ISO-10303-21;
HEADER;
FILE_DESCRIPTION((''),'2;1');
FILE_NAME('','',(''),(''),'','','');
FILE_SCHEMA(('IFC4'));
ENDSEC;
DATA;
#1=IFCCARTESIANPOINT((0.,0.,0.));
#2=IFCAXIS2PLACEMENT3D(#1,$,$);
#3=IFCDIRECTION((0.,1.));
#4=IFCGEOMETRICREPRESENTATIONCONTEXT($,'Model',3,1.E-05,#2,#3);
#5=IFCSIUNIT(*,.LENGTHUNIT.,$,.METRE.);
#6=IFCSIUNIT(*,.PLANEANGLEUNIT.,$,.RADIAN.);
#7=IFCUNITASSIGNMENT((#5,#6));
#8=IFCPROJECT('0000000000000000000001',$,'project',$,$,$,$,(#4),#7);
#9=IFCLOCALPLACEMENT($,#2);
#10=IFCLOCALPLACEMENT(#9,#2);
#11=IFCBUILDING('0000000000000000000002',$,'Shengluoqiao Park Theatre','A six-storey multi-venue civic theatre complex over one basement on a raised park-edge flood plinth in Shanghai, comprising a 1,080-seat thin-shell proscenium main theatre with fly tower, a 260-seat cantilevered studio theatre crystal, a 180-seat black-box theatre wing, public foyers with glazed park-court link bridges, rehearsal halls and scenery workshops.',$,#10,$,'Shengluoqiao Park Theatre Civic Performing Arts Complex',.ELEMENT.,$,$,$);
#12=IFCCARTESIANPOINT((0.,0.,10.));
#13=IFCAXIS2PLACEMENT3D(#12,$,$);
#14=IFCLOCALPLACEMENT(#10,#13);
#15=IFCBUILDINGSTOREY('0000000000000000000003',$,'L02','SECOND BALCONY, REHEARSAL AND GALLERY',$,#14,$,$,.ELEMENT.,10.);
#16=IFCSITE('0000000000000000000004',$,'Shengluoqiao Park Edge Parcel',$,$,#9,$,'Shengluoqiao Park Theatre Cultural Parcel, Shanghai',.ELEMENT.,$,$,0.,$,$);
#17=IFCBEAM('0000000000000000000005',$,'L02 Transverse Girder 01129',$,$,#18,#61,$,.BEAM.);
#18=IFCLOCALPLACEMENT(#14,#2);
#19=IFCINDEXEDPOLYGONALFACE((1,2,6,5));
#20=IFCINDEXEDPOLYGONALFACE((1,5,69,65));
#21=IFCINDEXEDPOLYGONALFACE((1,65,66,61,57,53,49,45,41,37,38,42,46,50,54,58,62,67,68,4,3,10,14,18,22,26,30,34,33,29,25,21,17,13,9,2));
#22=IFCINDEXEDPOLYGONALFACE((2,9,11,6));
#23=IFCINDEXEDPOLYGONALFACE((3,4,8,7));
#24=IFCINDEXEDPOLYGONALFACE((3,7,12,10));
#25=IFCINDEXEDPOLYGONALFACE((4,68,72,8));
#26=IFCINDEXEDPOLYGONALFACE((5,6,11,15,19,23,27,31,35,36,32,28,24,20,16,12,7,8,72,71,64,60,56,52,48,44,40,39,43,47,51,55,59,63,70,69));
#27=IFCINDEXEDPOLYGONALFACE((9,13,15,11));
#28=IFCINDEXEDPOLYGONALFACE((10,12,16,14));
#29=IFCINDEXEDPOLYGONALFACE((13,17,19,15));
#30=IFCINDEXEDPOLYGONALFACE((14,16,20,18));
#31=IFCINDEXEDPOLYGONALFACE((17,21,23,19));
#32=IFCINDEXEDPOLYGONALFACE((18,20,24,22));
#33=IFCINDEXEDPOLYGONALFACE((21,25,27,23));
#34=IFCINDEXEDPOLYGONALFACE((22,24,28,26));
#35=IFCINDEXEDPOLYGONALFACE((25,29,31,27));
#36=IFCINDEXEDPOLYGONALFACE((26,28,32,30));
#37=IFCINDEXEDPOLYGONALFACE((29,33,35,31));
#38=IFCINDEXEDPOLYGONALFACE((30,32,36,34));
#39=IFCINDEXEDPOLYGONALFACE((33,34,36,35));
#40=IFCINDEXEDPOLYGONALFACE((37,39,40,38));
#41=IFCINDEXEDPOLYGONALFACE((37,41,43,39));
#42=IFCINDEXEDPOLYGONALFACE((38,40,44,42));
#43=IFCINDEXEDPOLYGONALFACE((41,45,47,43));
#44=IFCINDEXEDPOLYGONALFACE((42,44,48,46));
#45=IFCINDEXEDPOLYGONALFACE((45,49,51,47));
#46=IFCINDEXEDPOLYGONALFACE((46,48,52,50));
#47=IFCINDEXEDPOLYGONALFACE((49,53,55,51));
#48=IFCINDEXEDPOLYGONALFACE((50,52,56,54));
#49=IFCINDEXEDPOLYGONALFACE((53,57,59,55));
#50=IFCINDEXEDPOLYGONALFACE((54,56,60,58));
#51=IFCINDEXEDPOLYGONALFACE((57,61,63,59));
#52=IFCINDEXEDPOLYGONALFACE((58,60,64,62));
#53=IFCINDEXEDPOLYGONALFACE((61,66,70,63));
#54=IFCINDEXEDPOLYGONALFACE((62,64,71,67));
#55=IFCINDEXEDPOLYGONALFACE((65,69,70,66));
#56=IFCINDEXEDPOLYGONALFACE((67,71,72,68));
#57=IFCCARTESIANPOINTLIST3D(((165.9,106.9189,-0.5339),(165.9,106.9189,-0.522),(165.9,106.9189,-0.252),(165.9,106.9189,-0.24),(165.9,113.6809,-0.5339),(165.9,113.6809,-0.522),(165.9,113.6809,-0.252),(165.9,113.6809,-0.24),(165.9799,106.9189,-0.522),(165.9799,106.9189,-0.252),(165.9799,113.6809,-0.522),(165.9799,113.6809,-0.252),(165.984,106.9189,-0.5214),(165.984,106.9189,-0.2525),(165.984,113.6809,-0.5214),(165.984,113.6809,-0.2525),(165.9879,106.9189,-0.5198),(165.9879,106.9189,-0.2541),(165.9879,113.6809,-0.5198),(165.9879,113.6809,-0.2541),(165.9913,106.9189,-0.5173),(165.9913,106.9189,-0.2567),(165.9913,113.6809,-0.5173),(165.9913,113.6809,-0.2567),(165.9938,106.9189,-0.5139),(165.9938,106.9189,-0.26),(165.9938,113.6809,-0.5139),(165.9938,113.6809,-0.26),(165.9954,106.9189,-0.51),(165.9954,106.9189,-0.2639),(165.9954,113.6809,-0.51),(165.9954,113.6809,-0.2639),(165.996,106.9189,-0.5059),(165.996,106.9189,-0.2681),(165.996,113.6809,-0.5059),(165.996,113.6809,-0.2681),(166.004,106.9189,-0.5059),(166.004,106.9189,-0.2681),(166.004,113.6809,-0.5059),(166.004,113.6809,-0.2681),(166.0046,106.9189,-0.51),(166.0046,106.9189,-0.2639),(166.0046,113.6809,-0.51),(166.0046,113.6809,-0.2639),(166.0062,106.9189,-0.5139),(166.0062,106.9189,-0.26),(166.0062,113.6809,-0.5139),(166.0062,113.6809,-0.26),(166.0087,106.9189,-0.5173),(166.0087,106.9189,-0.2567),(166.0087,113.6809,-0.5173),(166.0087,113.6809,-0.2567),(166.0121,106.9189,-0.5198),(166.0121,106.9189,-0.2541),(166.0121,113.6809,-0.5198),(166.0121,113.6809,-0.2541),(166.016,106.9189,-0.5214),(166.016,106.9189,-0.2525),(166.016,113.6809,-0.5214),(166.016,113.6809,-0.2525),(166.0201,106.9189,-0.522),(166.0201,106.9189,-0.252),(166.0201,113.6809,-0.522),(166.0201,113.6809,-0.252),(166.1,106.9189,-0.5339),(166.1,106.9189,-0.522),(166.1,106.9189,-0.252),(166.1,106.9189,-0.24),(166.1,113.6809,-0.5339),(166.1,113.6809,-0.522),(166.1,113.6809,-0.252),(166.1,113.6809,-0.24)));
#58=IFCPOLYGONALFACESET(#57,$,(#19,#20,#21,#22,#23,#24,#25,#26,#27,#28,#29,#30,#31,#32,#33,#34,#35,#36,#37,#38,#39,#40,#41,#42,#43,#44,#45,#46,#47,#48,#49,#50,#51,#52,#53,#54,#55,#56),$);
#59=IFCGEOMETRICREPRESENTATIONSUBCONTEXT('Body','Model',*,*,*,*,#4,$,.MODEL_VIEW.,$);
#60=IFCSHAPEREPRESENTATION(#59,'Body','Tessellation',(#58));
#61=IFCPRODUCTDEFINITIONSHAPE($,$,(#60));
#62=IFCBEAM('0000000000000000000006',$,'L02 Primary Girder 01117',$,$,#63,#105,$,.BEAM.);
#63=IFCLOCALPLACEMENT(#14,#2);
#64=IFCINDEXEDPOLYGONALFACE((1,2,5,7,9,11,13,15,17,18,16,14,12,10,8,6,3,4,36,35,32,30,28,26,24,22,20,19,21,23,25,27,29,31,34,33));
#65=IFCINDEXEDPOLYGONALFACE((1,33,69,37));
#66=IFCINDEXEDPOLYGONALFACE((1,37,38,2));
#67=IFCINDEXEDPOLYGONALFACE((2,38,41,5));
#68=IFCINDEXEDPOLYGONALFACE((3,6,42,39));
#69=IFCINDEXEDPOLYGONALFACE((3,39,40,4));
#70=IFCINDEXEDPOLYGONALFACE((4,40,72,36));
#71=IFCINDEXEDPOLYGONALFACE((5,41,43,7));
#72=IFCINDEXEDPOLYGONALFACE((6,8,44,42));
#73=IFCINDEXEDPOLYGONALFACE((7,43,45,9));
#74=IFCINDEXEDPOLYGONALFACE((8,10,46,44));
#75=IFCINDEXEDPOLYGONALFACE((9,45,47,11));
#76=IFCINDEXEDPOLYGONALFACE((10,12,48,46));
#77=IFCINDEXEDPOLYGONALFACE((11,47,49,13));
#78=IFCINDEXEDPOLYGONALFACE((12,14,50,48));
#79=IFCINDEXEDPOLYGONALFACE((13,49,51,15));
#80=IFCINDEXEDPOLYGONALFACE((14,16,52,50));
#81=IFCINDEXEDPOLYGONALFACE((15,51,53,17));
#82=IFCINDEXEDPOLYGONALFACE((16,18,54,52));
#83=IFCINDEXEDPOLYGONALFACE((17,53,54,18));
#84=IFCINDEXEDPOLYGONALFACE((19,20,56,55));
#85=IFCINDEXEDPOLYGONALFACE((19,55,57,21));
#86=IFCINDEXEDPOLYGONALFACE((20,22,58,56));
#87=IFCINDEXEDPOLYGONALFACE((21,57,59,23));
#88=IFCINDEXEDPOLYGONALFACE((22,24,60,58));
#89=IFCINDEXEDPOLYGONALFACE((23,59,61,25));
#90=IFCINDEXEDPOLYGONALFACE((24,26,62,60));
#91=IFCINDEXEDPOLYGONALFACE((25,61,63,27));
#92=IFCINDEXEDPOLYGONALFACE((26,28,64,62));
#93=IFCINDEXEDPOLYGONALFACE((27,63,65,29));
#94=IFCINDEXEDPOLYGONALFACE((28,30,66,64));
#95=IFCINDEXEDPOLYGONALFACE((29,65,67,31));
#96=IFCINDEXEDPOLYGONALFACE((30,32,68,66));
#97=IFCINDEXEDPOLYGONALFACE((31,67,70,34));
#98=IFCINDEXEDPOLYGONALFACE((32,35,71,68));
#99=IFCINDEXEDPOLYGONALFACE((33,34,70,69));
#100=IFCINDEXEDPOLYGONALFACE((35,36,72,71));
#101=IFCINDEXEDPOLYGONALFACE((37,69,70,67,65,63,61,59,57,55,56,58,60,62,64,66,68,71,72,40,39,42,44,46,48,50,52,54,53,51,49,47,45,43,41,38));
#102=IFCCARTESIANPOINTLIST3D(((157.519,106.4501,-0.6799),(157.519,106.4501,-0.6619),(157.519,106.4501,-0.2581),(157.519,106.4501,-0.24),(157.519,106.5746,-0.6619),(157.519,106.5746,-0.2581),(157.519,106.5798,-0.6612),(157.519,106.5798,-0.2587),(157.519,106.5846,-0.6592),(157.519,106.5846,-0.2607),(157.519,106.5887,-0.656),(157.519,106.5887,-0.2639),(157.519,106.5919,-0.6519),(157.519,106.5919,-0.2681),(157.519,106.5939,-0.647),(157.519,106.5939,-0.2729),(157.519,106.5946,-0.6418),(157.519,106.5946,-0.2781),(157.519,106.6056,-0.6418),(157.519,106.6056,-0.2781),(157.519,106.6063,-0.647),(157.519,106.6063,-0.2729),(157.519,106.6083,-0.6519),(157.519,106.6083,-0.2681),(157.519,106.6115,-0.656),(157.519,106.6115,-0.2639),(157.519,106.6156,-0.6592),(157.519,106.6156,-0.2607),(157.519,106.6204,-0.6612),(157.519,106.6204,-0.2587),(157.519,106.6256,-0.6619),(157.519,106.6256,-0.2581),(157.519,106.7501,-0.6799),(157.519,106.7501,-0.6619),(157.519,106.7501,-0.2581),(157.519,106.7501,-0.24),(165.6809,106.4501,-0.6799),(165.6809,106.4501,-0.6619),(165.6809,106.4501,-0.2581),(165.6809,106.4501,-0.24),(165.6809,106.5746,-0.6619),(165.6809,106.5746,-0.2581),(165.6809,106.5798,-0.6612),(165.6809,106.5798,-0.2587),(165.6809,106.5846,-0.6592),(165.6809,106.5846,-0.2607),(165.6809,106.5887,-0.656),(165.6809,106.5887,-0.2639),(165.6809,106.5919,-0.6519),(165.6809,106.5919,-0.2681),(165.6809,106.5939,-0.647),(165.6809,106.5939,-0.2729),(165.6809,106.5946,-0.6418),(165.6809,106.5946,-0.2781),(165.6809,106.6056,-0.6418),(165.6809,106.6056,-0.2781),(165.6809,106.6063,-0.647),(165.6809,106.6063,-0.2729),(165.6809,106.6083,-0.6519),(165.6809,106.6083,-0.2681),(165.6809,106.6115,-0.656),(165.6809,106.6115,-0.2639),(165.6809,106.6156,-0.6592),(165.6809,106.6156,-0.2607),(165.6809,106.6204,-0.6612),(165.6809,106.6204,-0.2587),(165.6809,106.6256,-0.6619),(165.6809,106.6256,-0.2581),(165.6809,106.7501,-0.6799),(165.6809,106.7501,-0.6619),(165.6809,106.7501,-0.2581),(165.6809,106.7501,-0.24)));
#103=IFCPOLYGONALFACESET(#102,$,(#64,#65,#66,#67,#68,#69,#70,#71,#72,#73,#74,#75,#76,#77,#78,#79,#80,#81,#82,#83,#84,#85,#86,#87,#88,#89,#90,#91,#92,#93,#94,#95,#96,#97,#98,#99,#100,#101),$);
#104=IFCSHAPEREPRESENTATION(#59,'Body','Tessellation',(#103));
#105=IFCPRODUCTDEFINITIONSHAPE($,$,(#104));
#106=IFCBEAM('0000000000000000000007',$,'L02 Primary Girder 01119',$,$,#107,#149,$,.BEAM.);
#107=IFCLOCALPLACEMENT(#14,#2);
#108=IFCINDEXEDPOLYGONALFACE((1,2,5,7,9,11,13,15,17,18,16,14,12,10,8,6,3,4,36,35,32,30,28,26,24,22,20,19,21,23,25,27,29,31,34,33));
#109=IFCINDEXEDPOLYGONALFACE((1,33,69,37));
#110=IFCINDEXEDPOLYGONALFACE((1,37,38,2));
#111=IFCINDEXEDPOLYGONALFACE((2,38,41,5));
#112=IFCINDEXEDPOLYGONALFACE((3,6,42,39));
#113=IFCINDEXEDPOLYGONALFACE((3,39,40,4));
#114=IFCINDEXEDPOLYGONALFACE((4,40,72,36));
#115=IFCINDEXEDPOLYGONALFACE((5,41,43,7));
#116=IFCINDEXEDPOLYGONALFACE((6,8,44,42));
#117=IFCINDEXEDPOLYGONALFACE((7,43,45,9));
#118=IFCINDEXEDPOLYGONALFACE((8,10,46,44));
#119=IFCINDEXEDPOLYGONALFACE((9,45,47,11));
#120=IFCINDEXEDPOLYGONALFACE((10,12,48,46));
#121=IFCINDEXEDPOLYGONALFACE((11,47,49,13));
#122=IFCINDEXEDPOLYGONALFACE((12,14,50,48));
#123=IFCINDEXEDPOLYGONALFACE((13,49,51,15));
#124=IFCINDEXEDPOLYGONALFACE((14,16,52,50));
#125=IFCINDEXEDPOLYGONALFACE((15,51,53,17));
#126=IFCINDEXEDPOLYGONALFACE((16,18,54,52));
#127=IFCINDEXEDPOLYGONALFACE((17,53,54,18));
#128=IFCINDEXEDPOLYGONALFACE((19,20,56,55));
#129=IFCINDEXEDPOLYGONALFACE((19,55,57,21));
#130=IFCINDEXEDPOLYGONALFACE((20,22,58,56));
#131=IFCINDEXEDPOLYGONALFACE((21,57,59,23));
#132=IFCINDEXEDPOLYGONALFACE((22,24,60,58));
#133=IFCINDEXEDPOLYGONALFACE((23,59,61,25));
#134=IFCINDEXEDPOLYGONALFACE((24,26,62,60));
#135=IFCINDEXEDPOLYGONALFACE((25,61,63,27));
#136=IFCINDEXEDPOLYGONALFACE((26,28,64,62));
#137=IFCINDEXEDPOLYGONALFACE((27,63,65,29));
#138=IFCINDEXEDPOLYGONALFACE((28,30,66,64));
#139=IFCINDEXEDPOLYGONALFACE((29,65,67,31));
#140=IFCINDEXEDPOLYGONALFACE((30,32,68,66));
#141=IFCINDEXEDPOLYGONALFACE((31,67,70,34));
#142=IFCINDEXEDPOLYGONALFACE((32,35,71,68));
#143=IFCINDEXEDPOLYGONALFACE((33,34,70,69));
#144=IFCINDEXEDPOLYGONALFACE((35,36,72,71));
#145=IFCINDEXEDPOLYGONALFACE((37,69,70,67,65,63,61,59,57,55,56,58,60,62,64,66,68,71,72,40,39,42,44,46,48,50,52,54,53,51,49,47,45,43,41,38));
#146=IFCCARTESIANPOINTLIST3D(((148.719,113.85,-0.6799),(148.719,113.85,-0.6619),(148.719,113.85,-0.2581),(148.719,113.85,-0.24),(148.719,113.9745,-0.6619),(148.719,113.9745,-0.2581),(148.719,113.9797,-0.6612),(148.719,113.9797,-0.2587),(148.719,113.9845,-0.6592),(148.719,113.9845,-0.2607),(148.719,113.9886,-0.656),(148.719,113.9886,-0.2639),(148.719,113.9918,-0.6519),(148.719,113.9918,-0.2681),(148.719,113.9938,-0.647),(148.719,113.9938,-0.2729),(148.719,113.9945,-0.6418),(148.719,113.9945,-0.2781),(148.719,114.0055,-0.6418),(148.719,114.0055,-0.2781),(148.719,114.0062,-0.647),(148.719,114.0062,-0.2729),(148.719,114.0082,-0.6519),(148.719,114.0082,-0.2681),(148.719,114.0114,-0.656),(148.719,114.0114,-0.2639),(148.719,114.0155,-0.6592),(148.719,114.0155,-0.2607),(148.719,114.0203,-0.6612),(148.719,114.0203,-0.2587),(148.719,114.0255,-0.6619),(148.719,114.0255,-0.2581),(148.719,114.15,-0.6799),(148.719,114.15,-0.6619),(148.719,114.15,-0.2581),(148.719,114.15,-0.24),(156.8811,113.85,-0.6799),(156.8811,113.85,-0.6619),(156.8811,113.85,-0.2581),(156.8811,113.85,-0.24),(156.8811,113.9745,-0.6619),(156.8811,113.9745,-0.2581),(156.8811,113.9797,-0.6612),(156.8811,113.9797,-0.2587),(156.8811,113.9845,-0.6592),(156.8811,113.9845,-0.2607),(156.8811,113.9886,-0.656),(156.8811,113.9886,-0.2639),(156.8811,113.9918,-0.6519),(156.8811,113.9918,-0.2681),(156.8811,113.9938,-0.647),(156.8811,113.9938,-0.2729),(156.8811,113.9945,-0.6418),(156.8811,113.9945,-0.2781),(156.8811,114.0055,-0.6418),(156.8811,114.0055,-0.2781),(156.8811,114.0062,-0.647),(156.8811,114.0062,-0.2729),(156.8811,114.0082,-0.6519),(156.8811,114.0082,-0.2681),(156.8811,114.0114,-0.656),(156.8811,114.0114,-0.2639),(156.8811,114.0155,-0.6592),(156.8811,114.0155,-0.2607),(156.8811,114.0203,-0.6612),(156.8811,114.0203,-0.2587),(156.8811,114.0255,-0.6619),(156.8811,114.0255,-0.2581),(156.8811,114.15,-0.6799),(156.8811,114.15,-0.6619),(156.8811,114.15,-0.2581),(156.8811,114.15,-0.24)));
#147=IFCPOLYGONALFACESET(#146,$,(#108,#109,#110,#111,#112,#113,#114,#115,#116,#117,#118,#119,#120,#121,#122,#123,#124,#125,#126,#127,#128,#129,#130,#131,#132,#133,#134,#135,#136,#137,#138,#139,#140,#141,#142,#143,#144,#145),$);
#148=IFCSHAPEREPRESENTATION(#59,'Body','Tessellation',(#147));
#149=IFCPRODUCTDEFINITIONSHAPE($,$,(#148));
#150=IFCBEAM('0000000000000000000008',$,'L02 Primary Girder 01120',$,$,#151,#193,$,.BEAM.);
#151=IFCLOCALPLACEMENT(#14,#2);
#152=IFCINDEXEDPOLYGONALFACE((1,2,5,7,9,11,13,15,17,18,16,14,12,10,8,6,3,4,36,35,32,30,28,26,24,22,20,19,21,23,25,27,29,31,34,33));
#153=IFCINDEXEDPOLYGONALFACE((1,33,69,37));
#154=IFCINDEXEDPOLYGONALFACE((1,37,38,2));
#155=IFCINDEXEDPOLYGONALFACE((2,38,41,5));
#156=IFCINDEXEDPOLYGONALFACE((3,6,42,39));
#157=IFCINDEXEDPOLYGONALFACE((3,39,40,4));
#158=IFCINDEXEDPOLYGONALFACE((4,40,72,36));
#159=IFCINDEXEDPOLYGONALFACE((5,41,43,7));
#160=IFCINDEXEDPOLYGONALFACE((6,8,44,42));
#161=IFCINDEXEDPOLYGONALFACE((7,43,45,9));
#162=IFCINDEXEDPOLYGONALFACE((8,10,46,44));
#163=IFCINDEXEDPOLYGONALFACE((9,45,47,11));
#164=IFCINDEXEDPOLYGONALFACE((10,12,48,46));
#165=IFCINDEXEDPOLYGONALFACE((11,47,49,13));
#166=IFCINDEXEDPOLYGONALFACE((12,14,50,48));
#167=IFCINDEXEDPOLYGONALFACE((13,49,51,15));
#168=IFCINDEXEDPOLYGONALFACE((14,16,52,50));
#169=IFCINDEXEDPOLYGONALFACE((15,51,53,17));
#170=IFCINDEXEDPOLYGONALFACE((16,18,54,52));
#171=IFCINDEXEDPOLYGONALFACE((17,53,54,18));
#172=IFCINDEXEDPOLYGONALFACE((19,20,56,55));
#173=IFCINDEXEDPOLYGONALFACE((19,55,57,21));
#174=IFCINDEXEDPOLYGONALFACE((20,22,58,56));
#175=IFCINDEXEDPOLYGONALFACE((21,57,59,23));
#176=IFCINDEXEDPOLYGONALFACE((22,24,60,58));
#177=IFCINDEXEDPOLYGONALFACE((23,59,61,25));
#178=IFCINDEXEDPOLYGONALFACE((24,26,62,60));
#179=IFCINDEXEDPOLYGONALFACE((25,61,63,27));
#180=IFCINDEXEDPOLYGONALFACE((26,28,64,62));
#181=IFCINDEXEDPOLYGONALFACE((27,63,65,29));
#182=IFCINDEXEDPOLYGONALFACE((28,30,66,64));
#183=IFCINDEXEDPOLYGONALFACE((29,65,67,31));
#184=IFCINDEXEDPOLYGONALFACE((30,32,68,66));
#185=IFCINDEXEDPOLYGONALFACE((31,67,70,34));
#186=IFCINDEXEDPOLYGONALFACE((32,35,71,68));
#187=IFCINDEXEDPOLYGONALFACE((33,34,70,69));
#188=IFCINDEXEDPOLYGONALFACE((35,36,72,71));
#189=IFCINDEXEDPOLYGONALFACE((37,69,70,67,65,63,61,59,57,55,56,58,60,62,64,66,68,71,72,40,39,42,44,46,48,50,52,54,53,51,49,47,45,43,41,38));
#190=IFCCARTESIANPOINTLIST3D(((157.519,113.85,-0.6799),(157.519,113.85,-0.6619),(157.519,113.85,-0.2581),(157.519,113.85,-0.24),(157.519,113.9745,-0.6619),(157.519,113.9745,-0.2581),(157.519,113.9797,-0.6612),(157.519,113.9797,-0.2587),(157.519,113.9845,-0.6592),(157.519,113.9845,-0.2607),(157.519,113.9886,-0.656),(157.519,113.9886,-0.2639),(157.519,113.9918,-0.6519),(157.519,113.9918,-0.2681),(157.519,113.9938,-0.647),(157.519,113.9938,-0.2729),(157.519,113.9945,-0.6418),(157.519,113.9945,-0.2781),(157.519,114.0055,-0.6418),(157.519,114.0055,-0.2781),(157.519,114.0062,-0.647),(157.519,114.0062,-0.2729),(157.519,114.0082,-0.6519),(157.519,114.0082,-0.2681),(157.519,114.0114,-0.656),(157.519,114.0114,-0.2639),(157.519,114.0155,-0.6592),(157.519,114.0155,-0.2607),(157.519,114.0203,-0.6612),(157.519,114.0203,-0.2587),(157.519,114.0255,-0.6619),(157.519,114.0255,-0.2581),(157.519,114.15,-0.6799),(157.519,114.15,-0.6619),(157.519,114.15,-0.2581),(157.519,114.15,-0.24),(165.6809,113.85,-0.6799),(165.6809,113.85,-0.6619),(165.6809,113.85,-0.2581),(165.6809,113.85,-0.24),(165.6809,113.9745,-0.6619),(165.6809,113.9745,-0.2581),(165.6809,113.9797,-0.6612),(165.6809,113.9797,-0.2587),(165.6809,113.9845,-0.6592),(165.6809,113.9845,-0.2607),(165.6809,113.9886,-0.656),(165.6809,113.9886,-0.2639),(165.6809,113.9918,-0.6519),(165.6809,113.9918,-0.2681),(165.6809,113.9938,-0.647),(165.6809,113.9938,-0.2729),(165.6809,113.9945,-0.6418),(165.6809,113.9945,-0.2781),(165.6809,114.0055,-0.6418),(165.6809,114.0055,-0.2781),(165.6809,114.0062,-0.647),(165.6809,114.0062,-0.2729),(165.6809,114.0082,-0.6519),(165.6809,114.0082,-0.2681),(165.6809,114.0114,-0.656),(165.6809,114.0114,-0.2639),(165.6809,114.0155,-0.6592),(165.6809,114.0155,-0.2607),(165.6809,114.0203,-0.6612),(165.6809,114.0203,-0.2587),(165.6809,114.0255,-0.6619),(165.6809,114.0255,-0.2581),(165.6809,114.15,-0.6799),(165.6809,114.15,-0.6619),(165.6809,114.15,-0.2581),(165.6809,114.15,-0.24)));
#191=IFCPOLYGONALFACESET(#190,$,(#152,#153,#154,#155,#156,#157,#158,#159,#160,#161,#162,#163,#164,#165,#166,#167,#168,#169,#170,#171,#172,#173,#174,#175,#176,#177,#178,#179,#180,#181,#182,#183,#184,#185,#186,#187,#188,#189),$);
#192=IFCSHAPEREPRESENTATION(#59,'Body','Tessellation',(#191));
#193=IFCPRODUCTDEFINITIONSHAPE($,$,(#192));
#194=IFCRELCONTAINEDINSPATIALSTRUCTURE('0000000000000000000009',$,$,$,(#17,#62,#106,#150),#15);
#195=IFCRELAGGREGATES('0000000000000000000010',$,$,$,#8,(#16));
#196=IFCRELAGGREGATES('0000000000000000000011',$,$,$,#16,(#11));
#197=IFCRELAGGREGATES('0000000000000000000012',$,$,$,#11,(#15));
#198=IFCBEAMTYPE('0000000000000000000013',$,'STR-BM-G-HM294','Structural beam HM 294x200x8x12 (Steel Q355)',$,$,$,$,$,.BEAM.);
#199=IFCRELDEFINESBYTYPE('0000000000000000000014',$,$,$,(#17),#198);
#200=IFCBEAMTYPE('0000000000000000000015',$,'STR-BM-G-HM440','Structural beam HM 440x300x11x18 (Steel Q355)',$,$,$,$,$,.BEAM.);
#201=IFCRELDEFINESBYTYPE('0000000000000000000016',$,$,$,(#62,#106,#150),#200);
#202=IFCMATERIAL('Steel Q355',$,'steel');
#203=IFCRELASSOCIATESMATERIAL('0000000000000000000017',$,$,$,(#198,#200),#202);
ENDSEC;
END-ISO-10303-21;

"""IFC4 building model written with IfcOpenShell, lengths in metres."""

from ifc_helpers import new_model, si_unit, direction, frame, origin, origin_2d, place, context, subcontext, project, spatial, i_section, extrude, material, material_profile, profile_set, type_object, element, save


model = new_model("IFC4")

# Units and contexts
model_context = context("Model", 3, precision=1e-05, world=origin(), true_north=direction((0.0, 1.0)))
body_context = subcontext(model_context, "Body", "Model", "MODEL_VIEW")
ifc_project = project(units=[si_unit("LENGTHUNIT", "METRE"), si_unit("PLANEANGLEUNIT", "RADIAN")], contexts=[model_context])

# Site, building, storey
site_placement = place(None, origin())
site = spatial("IfcSite", under=ifc_project, at=site_placement, Name="Shengluoqiao Park Edge Parcel", LongName="Shengluoqiao Park Theatre Cultural Parcel, Shanghai", CompositionType="ELEMENT", RefElevation=0.0)
building_placement = place(site_placement, origin())
building = spatial("IfcBuilding", under=site, at=building_placement, Name="Shengluoqiao Park Theatre", Description="A six-storey multi-venue civic theatre complex over one basement on a raised park-edge flood plinth in Shanghai, comprising a 1,080-seat thin-shell proscenium main theatre with fly tower, a 260-seat cantilevered studio theatre crystal, a 180-seat black-box theatre wing, public foyers with glazed park-court link bridges, rehearsal halls and scenery workshops.", LongName="Shengluoqiao Park Theatre Civic Performing Arts Complex", CompositionType="ELEMENT")
storey_placement = place(building_placement, frame((0.0, 0.0, 10.0)))
storey = spatial("IfcBuildingStorey", under=building, at=storey_placement, Name="L02", Description="SECOND BALCONY, REHEARSAL AND GALLERY", CompositionType="ELEMENT", Elevation=10.0)

# Beams
ifc_material_1 = material(Name="Steel Q355", Category="steel")
ifc_material_profile_1 = material_profile(ifc_material_1, i_section(OverallWidth=0.2, OverallDepth=0.2939, WebThickness=0.0081, FlangeThickness=0.012, FilletRadius=0.0161, at=origin_2d()), Name="HM 294x200x8x12")
ifc_profile_set_1 = profile_set([ifc_material_profile_1], Name="Steel Q355")
beam_type_1 = type_object("IfcBeamType", Name="STR-BM-G-HM294", Description="Structural beam HM 294x200x8x12 (Steel Q355)", PredefinedType="BEAM", material=ifc_profile_set_1)
for number, where, z_axis, x_axis, name in (
    (1, (166.0, 106.9189, -0.387), (0.0, 1.0, 0.0), (-1.0, 0.0, 0.0), "L02 Transverse Girder 01129"),
):
    element("IfcBeam", number, at=place(storey_placement, frame(where, z_axis=z_axis, x_axis=x_axis)), inside=storey, type_object=beam_type_1, Name=name, PredefinedType="BEAM", context=body_context, shape_type="SweptSolid", body=[
        extrude(i_section(OverallWidth=0.2, OverallDepth=0.2939, WebThickness=0.0081, FlangeThickness=0.012, FilletRadius=0.0161, at=origin_2d()), origin(), (0.0, 0.0, 1.0), 6.762),
    ])
ifc_material_profile_2 = material_profile(ifc_material_1, i_section(OverallWidth=0.3, OverallDepth=0.4399, WebThickness=0.011, FlangeThickness=0.0181, FilletRadius=0.02, at=origin_2d()), Name="HM 440x300x11x18")
ifc_profile_set_2 = profile_set([ifc_material_profile_2], Name="Steel Q355")
beam_type_2 = type_object("IfcBeamType", Name="STR-BM-G-HM440", Description="Structural beam HM 440x300x11x18 (Steel Q355)", PredefinedType="BEAM", material=ifc_profile_set_2)
beam_1_placement = place(storey_placement, frame((157.519, 106.6001, -0.46), z_axis=(1.0, 0.0, 0.0), x_axis=(0.0, 1.0, 0.0)))
element("IfcBeam", 2, at=beam_1_placement, inside=storey, type_object=beam_type_2, Name="L02 Primary Girder 01117", PredefinedType="BEAM", context=body_context, shape_type="SweptSolid", body=[
    extrude(i_section(OverallWidth=0.3, OverallDepth=0.4399, WebThickness=0.011, FlangeThickness=0.0181, FilletRadius=0.02, at=origin_2d()), origin(), (0.0, 0.0, 1.0), 8.1619),
])
beam_2_placement = place(storey_placement, frame((148.719, 114.0, -0.46), z_axis=(1.0, 0.0, 0.0), x_axis=(0.0, 1.0, 0.0)))
element("IfcBeam", 3, at=beam_2_placement, inside=storey, type_object=beam_type_2, Name="L02 Primary Girder 01119", PredefinedType="BEAM", context=body_context, shape_type="SweptSolid", body=[
    extrude(i_section(OverallWidth=0.3, OverallDepth=0.4399, WebThickness=0.011, FlangeThickness=0.0181, FilletRadius=0.02, at=origin_2d()), origin(), (0.0, 0.0, 1.0), 8.1621),
])
beam_3_placement = place(storey_placement, frame((157.519, 114.0, -0.46), z_axis=(1.0, 0.0, 0.0), x_axis=(0.0, 1.0, 0.0)))
element("IfcBeam", 4, at=beam_3_placement, inside=storey, type_object=beam_type_2, Name="L02 Primary Girder 01120", PredefinedType="BEAM", context=body_context, shape_type="SweptSolid", body=[
    extrude(i_section(OverallWidth=0.3, OverallDepth=0.4399, WebThickness=0.011, FlangeThickness=0.0181, FilletRadius=0.02, at=origin_2d()), origin(), (0.0, 0.0, 1.0), 8.1619),
])

save(model, "model.ifc")
